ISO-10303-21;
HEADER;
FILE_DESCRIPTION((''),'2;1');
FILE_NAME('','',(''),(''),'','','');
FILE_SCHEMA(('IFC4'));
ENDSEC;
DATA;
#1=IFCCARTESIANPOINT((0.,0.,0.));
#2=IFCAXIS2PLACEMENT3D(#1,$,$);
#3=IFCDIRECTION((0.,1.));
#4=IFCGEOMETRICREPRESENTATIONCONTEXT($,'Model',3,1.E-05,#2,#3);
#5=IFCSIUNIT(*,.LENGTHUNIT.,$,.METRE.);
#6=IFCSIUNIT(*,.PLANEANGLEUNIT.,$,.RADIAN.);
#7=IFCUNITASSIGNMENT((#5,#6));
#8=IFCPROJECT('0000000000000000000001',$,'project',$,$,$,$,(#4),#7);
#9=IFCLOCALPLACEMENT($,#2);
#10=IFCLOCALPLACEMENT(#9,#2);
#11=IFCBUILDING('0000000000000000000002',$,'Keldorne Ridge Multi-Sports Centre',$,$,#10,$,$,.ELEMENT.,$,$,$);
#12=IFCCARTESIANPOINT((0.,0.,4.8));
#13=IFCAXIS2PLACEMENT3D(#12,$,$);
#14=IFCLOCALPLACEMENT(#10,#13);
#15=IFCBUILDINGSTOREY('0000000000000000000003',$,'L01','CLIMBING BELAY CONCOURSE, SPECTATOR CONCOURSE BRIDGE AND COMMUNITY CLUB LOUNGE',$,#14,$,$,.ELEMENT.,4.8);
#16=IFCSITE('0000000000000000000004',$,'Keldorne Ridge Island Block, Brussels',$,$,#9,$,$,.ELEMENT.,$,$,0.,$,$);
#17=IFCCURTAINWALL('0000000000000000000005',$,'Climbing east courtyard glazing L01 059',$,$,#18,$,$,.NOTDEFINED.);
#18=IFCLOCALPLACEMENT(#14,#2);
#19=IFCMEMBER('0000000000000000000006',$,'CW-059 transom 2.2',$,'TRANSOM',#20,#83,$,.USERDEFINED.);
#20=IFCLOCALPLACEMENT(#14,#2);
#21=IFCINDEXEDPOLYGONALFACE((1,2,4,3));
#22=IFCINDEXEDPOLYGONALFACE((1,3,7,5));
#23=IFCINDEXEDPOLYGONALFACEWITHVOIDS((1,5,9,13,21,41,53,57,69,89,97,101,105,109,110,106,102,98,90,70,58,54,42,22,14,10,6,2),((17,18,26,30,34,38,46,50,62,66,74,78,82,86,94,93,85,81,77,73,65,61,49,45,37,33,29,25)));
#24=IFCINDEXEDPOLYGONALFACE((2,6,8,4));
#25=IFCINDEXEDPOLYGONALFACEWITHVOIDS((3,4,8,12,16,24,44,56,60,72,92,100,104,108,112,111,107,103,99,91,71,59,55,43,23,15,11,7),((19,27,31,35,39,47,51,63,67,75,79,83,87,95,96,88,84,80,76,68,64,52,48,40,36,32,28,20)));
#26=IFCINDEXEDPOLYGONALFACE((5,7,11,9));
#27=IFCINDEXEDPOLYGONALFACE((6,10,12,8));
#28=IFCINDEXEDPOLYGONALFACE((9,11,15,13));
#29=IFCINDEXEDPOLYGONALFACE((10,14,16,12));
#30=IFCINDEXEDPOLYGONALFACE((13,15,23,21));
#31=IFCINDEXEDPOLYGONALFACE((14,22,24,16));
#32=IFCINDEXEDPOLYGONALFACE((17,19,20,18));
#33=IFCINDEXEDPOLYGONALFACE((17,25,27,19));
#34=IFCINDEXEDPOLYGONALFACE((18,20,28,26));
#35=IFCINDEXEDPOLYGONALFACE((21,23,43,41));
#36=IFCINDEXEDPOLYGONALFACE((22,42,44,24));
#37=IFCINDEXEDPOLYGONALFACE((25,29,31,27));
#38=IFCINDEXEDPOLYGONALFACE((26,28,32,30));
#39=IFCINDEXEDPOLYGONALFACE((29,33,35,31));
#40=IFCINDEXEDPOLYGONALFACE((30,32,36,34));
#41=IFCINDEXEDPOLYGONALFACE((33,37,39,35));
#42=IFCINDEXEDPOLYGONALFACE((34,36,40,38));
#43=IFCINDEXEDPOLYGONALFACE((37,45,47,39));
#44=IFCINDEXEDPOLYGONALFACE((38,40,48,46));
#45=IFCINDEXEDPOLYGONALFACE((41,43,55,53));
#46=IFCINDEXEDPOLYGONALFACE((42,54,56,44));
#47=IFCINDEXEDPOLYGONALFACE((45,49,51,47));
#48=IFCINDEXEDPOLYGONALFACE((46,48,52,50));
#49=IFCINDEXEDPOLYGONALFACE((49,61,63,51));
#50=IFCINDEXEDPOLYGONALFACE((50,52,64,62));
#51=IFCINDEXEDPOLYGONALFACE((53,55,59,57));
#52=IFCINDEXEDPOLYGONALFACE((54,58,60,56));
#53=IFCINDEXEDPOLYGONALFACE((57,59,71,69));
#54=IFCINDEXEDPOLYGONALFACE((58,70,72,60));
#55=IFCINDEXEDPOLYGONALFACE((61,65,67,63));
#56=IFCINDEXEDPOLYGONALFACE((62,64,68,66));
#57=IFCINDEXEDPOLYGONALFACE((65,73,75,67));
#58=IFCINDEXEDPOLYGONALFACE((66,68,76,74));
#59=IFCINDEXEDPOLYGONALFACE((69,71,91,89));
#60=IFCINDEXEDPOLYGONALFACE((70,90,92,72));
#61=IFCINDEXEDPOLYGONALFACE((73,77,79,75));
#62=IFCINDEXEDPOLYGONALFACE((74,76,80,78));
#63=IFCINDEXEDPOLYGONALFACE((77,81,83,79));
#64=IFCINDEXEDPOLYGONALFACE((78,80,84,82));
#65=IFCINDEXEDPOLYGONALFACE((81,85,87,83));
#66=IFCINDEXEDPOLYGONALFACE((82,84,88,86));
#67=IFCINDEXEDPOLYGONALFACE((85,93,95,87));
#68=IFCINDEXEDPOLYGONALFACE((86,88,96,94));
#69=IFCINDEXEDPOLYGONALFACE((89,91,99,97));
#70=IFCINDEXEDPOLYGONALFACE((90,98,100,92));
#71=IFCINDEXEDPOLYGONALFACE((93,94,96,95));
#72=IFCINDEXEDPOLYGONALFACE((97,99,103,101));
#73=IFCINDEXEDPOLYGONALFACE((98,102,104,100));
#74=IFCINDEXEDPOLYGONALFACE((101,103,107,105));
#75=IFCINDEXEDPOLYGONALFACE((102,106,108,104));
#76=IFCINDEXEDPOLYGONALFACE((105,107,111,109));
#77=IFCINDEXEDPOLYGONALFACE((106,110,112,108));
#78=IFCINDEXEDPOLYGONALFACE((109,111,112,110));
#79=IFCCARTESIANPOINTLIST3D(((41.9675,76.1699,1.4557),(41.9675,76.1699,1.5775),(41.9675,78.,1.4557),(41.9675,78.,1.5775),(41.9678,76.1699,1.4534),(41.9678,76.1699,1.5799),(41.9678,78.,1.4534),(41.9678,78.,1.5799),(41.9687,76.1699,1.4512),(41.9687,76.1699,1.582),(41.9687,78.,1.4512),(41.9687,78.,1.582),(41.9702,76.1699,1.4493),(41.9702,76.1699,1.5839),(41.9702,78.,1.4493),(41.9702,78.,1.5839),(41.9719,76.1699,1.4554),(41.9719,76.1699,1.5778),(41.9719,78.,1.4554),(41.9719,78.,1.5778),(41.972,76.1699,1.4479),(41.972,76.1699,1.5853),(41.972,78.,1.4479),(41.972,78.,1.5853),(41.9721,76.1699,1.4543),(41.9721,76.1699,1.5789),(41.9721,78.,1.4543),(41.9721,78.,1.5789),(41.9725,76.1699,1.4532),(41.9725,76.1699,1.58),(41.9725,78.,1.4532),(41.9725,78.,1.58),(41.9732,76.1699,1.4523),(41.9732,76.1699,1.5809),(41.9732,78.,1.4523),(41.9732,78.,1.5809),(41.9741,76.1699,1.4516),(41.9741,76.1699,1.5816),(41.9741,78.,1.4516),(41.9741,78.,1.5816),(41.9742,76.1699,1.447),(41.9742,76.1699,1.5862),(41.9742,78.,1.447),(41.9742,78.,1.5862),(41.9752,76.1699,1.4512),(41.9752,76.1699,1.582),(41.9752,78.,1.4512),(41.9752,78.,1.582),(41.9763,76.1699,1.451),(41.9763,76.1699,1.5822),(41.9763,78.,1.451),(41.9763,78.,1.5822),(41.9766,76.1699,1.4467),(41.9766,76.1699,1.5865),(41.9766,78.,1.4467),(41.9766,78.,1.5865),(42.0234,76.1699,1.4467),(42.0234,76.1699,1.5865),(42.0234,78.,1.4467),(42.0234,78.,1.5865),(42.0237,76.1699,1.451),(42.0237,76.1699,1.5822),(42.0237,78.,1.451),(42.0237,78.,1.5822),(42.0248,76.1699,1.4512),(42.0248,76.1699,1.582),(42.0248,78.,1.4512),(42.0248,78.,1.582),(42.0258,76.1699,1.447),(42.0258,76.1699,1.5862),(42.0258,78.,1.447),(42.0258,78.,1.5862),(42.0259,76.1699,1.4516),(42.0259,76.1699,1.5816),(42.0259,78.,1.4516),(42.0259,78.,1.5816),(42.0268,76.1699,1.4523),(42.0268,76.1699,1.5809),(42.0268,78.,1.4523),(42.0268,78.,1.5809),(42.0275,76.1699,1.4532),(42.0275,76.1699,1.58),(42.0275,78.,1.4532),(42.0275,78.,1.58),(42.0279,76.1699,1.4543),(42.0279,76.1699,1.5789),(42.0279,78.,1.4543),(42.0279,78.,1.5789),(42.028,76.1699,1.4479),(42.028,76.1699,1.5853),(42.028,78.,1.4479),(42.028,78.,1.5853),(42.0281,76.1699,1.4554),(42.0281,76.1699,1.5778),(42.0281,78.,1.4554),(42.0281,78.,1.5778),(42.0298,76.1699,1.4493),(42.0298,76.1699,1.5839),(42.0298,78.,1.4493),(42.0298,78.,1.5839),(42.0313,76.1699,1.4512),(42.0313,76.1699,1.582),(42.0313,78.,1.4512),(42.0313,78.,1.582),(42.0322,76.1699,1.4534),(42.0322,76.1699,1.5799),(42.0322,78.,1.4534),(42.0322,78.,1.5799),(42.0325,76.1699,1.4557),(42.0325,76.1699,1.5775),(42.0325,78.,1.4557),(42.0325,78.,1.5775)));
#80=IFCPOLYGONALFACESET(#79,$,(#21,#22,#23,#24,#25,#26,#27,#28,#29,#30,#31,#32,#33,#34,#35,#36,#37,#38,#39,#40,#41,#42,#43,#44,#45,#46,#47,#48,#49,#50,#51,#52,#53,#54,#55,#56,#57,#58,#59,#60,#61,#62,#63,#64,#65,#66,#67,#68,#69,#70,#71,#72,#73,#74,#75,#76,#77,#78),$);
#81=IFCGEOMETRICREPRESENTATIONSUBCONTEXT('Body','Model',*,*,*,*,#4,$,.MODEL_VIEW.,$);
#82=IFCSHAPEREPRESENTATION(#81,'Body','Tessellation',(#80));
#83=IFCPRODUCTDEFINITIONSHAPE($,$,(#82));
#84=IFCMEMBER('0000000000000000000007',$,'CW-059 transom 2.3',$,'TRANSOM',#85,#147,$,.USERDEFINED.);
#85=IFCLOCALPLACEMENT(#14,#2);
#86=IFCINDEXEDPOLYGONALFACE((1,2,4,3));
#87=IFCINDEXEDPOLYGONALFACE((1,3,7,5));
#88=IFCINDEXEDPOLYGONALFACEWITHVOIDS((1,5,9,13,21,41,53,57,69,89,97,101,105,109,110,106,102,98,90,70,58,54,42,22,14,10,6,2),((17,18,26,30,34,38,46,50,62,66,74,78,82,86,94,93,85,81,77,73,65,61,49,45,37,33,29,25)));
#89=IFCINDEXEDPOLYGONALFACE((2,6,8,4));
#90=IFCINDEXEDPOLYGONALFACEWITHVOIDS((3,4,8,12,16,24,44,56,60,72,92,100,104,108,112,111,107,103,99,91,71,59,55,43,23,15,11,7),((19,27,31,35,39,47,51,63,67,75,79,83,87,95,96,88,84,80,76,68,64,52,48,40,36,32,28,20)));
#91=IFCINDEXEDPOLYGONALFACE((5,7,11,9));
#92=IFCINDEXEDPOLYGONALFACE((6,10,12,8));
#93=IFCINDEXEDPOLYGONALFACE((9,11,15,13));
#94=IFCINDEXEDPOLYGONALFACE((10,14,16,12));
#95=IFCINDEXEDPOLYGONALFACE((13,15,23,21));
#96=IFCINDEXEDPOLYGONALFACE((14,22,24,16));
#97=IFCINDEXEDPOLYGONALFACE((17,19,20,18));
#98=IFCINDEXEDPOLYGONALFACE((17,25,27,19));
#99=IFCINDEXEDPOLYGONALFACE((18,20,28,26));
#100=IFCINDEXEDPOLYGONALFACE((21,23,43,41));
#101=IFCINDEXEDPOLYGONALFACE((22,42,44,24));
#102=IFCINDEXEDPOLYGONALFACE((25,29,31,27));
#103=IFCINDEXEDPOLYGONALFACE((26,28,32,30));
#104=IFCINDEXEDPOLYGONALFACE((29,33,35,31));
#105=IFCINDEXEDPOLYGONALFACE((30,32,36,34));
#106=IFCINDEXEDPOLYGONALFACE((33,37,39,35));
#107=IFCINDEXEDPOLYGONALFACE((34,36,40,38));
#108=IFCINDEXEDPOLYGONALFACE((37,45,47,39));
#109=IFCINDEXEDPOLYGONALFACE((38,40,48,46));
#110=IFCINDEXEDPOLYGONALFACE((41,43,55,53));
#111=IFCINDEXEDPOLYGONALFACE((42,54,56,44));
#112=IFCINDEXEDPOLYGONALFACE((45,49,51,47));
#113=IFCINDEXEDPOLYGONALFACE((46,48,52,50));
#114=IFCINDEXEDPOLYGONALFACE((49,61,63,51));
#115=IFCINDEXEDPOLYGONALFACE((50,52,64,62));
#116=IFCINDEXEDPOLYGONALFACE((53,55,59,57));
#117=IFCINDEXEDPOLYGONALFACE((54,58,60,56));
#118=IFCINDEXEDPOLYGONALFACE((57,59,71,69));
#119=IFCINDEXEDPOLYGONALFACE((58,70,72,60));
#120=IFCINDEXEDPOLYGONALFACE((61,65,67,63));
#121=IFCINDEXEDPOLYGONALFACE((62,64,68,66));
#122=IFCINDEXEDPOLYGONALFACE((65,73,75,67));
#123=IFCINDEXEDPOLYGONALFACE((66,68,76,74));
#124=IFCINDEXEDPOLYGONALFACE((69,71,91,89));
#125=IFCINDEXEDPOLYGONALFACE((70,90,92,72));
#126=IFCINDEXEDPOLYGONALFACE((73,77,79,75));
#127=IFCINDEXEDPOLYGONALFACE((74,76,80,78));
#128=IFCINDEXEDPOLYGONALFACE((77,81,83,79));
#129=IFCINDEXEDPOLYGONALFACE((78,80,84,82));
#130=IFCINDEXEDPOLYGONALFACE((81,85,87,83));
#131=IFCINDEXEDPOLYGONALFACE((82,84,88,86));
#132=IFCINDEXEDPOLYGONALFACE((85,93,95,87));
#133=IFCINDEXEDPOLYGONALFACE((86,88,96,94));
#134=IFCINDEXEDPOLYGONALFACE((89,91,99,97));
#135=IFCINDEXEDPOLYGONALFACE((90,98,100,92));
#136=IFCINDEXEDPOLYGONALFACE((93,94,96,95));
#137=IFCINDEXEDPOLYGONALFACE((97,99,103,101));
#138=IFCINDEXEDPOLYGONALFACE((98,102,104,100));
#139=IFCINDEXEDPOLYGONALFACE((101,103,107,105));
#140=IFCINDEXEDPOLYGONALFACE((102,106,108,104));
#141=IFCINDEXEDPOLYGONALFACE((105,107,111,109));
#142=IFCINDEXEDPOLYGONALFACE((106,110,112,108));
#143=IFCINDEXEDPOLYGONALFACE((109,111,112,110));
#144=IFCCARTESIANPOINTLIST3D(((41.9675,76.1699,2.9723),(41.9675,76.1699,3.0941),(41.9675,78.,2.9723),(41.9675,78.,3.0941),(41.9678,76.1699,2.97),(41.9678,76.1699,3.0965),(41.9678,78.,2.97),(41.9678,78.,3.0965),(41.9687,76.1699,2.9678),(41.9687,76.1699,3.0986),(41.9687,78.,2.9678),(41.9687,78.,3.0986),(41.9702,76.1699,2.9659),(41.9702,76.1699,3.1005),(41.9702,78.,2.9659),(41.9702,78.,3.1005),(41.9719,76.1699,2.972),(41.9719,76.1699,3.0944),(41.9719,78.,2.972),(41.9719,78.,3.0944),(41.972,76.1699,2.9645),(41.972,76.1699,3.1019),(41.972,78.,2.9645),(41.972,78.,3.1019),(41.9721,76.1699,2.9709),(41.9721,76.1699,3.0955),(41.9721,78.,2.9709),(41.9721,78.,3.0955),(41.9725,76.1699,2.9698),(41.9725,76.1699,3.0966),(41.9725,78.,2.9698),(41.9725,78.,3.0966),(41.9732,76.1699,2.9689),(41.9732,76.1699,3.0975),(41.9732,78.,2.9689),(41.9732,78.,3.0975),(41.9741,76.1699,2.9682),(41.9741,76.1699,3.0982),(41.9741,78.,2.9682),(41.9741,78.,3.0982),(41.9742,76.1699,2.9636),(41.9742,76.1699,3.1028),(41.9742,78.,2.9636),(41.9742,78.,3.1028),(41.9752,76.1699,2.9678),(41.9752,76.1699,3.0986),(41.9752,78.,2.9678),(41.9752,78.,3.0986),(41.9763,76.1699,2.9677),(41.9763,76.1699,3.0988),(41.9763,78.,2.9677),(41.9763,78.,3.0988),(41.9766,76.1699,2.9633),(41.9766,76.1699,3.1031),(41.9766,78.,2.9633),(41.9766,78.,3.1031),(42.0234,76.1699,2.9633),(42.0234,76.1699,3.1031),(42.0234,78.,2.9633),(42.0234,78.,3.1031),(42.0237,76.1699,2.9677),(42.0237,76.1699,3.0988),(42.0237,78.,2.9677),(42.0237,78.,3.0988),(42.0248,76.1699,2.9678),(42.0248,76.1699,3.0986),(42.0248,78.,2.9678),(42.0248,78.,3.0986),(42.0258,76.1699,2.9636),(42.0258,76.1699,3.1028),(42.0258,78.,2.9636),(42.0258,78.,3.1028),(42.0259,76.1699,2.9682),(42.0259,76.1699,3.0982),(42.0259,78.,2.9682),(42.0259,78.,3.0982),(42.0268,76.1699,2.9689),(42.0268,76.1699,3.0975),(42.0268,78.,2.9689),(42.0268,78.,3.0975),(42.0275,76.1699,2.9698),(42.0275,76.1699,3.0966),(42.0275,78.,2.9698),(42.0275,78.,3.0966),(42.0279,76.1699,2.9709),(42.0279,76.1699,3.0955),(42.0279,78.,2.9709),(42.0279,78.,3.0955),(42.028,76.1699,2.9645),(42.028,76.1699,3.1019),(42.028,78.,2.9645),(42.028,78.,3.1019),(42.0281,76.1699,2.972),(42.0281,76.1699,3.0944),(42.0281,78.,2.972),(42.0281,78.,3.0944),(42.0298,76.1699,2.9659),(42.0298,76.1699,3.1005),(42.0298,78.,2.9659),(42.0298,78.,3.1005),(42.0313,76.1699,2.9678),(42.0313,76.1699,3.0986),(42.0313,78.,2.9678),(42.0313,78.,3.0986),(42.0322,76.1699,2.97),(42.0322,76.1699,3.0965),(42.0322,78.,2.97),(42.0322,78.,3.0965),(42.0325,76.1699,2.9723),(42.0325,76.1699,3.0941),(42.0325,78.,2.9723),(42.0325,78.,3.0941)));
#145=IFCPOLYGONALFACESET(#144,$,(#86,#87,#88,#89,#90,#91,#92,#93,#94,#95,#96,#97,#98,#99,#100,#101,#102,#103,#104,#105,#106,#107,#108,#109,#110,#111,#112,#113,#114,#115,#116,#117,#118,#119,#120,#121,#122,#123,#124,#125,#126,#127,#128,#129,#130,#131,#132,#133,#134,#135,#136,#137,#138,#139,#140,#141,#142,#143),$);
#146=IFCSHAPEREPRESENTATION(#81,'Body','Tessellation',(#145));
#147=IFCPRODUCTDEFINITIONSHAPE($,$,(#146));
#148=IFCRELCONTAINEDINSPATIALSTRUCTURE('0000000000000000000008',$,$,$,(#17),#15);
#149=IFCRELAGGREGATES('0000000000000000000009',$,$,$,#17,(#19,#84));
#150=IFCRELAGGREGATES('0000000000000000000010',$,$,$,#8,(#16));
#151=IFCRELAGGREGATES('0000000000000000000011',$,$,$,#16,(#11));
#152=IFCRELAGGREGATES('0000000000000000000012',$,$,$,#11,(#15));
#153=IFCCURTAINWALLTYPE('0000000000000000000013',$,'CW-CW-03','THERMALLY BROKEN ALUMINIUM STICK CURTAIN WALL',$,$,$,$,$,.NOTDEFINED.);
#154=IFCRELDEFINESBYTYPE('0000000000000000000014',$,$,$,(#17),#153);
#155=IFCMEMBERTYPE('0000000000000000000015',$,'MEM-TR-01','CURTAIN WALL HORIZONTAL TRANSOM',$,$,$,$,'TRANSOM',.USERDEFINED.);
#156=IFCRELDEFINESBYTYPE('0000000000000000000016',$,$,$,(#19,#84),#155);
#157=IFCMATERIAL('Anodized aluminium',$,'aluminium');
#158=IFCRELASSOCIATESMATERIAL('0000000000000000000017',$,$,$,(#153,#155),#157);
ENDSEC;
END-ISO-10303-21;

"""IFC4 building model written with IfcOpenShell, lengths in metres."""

from ifc_helpers import new_model, si_unit, direction, frame, origin, origin_2d, place, context, subcontext, project, spatial, hollow_rectangle, extrude, material, material_profile, profile_set, type_object, element, aggregate, save


model = new_model("IFC4")

# Units and contexts
model_context = context("Model", 3, precision=1e-05, world=origin(), true_north=direction((0.0, 1.0)))
body_context = subcontext(model_context, "Body", "Model", "MODEL_VIEW")
ifc_project = project(units=[si_unit("LENGTHUNIT", "METRE"), si_unit("PLANEANGLEUNIT", "RADIAN")], contexts=[model_context])

# Site, building, storey
site_placement = place(None, origin())
site = spatial("IfcSite", under=ifc_project, at=site_placement, Name="Keldorne Ridge Island Block, Brussels", CompositionType="ELEMENT", RefElevation=0.0)
building_placement = place(site_placement, origin())
building = spatial("IfcBuilding", under=site, at=building_placement, Name="Keldorne Ridge Multi-Sports Centre", CompositionType="ELEMENT")
storey_placement = place(building_placement, frame((0.0, 0.0, 4.8)))
storey = spatial("IfcBuildingStorey", under=building, at=storey_placement, Name="L01", Description="CLIMBING BELAY CONCOURSE, SPECTATOR CONCOURSE BRIDGE AND COMMUNITY CLUB LOUNGE", CompositionType="ELEMENT", Elevation=4.8)

# Curtain wall
ifc_material_1 = material(Name="Anodized aluminium", Category="aluminium")
curtain_wall_type_1 = type_object("IfcCurtainWallType", Name="CW-CW-03", Description="THERMALLY BROKEN ALUMINIUM STICK CURTAIN WALL", PredefinedType="NOTDEFINED", material=ifc_material_1)
curtain_wall_1_placement = place(storey_placement, origin())
curtain_wall_1 = element("IfcCurtainWall", 1, at=curtain_wall_1_placement, inside=storey, type_object=curtain_wall_type_1, Name="Climbing east courtyard glazing L01 059", PredefinedType="NOTDEFINED")
ifc_material_profile_1 = material_profile(ifc_material_1, hollow_rectangle(XDim=0.0649, YDim=0.1399, WallThickness=0.0044, InnerFilletRadius=0.0044, OuterFilletRadius=0.009, at=origin_2d()), Name="ALU TRANSOM 140x65x4.5")
ifc_profile_set_1 = profile_set([ifc_material_profile_1], Name="Anodized aluminium")
member_type_1 = type_object("IfcMemberType", Name="MEM-TR-01", Description="CURTAIN WALL HORIZONTAL TRANSOM", ElementType="TRANSOM", PredefinedType="USERDEFINED", material=ifc_profile_set_1)

# Members
member_1_placement = place(storey_placement, frame((42.0, 76.1699, 1.5166), z_axis=(0.0, 1.0, 0.0), x_axis=(-1.0, 0.0, 0.0)))
member_1 = element("IfcMember", 2, at=member_1_placement, type_object=member_type_1, Name="CW-059 transom 2.2", ObjectType="TRANSOM", PredefinedType="USERDEFINED", context=body_context, shape_type="SweptSolid", body=[
    extrude(hollow_rectangle(XDim=0.0649, YDim=0.1399, WallThickness=0.0044, InnerFilletRadius=0.0044, OuterFilletRadius=0.009, at=origin_2d()), origin(), (0.0, 0.0, 1.0), 1.8301),
])
member_2_placement = place(storey_placement, frame((42.0, 76.1699, 3.0332), z_axis=(0.0, 1.0, 0.0), x_axis=(-1.0, 0.0, 0.0)))
member_2 = element("IfcMember", 3, at=member_2_placement, type_object=member_type_1, Name="CW-059 transom 2.3", ObjectType="TRANSOM", PredefinedType="USERDEFINED", context=body_context, shape_type="SweptSolid", body=[
    extrude(hollow_rectangle(XDim=0.0649, YDim=0.1399, WallThickness=0.0044, InnerFilletRadius=0.0044, OuterFilletRadius=0.009, at=origin_2d()), origin(), (0.0, 0.0, 1.0), 1.8301),
])

aggregate(curtain_wall_1, [member_1, member_2])

save(model, "model.ifc")
